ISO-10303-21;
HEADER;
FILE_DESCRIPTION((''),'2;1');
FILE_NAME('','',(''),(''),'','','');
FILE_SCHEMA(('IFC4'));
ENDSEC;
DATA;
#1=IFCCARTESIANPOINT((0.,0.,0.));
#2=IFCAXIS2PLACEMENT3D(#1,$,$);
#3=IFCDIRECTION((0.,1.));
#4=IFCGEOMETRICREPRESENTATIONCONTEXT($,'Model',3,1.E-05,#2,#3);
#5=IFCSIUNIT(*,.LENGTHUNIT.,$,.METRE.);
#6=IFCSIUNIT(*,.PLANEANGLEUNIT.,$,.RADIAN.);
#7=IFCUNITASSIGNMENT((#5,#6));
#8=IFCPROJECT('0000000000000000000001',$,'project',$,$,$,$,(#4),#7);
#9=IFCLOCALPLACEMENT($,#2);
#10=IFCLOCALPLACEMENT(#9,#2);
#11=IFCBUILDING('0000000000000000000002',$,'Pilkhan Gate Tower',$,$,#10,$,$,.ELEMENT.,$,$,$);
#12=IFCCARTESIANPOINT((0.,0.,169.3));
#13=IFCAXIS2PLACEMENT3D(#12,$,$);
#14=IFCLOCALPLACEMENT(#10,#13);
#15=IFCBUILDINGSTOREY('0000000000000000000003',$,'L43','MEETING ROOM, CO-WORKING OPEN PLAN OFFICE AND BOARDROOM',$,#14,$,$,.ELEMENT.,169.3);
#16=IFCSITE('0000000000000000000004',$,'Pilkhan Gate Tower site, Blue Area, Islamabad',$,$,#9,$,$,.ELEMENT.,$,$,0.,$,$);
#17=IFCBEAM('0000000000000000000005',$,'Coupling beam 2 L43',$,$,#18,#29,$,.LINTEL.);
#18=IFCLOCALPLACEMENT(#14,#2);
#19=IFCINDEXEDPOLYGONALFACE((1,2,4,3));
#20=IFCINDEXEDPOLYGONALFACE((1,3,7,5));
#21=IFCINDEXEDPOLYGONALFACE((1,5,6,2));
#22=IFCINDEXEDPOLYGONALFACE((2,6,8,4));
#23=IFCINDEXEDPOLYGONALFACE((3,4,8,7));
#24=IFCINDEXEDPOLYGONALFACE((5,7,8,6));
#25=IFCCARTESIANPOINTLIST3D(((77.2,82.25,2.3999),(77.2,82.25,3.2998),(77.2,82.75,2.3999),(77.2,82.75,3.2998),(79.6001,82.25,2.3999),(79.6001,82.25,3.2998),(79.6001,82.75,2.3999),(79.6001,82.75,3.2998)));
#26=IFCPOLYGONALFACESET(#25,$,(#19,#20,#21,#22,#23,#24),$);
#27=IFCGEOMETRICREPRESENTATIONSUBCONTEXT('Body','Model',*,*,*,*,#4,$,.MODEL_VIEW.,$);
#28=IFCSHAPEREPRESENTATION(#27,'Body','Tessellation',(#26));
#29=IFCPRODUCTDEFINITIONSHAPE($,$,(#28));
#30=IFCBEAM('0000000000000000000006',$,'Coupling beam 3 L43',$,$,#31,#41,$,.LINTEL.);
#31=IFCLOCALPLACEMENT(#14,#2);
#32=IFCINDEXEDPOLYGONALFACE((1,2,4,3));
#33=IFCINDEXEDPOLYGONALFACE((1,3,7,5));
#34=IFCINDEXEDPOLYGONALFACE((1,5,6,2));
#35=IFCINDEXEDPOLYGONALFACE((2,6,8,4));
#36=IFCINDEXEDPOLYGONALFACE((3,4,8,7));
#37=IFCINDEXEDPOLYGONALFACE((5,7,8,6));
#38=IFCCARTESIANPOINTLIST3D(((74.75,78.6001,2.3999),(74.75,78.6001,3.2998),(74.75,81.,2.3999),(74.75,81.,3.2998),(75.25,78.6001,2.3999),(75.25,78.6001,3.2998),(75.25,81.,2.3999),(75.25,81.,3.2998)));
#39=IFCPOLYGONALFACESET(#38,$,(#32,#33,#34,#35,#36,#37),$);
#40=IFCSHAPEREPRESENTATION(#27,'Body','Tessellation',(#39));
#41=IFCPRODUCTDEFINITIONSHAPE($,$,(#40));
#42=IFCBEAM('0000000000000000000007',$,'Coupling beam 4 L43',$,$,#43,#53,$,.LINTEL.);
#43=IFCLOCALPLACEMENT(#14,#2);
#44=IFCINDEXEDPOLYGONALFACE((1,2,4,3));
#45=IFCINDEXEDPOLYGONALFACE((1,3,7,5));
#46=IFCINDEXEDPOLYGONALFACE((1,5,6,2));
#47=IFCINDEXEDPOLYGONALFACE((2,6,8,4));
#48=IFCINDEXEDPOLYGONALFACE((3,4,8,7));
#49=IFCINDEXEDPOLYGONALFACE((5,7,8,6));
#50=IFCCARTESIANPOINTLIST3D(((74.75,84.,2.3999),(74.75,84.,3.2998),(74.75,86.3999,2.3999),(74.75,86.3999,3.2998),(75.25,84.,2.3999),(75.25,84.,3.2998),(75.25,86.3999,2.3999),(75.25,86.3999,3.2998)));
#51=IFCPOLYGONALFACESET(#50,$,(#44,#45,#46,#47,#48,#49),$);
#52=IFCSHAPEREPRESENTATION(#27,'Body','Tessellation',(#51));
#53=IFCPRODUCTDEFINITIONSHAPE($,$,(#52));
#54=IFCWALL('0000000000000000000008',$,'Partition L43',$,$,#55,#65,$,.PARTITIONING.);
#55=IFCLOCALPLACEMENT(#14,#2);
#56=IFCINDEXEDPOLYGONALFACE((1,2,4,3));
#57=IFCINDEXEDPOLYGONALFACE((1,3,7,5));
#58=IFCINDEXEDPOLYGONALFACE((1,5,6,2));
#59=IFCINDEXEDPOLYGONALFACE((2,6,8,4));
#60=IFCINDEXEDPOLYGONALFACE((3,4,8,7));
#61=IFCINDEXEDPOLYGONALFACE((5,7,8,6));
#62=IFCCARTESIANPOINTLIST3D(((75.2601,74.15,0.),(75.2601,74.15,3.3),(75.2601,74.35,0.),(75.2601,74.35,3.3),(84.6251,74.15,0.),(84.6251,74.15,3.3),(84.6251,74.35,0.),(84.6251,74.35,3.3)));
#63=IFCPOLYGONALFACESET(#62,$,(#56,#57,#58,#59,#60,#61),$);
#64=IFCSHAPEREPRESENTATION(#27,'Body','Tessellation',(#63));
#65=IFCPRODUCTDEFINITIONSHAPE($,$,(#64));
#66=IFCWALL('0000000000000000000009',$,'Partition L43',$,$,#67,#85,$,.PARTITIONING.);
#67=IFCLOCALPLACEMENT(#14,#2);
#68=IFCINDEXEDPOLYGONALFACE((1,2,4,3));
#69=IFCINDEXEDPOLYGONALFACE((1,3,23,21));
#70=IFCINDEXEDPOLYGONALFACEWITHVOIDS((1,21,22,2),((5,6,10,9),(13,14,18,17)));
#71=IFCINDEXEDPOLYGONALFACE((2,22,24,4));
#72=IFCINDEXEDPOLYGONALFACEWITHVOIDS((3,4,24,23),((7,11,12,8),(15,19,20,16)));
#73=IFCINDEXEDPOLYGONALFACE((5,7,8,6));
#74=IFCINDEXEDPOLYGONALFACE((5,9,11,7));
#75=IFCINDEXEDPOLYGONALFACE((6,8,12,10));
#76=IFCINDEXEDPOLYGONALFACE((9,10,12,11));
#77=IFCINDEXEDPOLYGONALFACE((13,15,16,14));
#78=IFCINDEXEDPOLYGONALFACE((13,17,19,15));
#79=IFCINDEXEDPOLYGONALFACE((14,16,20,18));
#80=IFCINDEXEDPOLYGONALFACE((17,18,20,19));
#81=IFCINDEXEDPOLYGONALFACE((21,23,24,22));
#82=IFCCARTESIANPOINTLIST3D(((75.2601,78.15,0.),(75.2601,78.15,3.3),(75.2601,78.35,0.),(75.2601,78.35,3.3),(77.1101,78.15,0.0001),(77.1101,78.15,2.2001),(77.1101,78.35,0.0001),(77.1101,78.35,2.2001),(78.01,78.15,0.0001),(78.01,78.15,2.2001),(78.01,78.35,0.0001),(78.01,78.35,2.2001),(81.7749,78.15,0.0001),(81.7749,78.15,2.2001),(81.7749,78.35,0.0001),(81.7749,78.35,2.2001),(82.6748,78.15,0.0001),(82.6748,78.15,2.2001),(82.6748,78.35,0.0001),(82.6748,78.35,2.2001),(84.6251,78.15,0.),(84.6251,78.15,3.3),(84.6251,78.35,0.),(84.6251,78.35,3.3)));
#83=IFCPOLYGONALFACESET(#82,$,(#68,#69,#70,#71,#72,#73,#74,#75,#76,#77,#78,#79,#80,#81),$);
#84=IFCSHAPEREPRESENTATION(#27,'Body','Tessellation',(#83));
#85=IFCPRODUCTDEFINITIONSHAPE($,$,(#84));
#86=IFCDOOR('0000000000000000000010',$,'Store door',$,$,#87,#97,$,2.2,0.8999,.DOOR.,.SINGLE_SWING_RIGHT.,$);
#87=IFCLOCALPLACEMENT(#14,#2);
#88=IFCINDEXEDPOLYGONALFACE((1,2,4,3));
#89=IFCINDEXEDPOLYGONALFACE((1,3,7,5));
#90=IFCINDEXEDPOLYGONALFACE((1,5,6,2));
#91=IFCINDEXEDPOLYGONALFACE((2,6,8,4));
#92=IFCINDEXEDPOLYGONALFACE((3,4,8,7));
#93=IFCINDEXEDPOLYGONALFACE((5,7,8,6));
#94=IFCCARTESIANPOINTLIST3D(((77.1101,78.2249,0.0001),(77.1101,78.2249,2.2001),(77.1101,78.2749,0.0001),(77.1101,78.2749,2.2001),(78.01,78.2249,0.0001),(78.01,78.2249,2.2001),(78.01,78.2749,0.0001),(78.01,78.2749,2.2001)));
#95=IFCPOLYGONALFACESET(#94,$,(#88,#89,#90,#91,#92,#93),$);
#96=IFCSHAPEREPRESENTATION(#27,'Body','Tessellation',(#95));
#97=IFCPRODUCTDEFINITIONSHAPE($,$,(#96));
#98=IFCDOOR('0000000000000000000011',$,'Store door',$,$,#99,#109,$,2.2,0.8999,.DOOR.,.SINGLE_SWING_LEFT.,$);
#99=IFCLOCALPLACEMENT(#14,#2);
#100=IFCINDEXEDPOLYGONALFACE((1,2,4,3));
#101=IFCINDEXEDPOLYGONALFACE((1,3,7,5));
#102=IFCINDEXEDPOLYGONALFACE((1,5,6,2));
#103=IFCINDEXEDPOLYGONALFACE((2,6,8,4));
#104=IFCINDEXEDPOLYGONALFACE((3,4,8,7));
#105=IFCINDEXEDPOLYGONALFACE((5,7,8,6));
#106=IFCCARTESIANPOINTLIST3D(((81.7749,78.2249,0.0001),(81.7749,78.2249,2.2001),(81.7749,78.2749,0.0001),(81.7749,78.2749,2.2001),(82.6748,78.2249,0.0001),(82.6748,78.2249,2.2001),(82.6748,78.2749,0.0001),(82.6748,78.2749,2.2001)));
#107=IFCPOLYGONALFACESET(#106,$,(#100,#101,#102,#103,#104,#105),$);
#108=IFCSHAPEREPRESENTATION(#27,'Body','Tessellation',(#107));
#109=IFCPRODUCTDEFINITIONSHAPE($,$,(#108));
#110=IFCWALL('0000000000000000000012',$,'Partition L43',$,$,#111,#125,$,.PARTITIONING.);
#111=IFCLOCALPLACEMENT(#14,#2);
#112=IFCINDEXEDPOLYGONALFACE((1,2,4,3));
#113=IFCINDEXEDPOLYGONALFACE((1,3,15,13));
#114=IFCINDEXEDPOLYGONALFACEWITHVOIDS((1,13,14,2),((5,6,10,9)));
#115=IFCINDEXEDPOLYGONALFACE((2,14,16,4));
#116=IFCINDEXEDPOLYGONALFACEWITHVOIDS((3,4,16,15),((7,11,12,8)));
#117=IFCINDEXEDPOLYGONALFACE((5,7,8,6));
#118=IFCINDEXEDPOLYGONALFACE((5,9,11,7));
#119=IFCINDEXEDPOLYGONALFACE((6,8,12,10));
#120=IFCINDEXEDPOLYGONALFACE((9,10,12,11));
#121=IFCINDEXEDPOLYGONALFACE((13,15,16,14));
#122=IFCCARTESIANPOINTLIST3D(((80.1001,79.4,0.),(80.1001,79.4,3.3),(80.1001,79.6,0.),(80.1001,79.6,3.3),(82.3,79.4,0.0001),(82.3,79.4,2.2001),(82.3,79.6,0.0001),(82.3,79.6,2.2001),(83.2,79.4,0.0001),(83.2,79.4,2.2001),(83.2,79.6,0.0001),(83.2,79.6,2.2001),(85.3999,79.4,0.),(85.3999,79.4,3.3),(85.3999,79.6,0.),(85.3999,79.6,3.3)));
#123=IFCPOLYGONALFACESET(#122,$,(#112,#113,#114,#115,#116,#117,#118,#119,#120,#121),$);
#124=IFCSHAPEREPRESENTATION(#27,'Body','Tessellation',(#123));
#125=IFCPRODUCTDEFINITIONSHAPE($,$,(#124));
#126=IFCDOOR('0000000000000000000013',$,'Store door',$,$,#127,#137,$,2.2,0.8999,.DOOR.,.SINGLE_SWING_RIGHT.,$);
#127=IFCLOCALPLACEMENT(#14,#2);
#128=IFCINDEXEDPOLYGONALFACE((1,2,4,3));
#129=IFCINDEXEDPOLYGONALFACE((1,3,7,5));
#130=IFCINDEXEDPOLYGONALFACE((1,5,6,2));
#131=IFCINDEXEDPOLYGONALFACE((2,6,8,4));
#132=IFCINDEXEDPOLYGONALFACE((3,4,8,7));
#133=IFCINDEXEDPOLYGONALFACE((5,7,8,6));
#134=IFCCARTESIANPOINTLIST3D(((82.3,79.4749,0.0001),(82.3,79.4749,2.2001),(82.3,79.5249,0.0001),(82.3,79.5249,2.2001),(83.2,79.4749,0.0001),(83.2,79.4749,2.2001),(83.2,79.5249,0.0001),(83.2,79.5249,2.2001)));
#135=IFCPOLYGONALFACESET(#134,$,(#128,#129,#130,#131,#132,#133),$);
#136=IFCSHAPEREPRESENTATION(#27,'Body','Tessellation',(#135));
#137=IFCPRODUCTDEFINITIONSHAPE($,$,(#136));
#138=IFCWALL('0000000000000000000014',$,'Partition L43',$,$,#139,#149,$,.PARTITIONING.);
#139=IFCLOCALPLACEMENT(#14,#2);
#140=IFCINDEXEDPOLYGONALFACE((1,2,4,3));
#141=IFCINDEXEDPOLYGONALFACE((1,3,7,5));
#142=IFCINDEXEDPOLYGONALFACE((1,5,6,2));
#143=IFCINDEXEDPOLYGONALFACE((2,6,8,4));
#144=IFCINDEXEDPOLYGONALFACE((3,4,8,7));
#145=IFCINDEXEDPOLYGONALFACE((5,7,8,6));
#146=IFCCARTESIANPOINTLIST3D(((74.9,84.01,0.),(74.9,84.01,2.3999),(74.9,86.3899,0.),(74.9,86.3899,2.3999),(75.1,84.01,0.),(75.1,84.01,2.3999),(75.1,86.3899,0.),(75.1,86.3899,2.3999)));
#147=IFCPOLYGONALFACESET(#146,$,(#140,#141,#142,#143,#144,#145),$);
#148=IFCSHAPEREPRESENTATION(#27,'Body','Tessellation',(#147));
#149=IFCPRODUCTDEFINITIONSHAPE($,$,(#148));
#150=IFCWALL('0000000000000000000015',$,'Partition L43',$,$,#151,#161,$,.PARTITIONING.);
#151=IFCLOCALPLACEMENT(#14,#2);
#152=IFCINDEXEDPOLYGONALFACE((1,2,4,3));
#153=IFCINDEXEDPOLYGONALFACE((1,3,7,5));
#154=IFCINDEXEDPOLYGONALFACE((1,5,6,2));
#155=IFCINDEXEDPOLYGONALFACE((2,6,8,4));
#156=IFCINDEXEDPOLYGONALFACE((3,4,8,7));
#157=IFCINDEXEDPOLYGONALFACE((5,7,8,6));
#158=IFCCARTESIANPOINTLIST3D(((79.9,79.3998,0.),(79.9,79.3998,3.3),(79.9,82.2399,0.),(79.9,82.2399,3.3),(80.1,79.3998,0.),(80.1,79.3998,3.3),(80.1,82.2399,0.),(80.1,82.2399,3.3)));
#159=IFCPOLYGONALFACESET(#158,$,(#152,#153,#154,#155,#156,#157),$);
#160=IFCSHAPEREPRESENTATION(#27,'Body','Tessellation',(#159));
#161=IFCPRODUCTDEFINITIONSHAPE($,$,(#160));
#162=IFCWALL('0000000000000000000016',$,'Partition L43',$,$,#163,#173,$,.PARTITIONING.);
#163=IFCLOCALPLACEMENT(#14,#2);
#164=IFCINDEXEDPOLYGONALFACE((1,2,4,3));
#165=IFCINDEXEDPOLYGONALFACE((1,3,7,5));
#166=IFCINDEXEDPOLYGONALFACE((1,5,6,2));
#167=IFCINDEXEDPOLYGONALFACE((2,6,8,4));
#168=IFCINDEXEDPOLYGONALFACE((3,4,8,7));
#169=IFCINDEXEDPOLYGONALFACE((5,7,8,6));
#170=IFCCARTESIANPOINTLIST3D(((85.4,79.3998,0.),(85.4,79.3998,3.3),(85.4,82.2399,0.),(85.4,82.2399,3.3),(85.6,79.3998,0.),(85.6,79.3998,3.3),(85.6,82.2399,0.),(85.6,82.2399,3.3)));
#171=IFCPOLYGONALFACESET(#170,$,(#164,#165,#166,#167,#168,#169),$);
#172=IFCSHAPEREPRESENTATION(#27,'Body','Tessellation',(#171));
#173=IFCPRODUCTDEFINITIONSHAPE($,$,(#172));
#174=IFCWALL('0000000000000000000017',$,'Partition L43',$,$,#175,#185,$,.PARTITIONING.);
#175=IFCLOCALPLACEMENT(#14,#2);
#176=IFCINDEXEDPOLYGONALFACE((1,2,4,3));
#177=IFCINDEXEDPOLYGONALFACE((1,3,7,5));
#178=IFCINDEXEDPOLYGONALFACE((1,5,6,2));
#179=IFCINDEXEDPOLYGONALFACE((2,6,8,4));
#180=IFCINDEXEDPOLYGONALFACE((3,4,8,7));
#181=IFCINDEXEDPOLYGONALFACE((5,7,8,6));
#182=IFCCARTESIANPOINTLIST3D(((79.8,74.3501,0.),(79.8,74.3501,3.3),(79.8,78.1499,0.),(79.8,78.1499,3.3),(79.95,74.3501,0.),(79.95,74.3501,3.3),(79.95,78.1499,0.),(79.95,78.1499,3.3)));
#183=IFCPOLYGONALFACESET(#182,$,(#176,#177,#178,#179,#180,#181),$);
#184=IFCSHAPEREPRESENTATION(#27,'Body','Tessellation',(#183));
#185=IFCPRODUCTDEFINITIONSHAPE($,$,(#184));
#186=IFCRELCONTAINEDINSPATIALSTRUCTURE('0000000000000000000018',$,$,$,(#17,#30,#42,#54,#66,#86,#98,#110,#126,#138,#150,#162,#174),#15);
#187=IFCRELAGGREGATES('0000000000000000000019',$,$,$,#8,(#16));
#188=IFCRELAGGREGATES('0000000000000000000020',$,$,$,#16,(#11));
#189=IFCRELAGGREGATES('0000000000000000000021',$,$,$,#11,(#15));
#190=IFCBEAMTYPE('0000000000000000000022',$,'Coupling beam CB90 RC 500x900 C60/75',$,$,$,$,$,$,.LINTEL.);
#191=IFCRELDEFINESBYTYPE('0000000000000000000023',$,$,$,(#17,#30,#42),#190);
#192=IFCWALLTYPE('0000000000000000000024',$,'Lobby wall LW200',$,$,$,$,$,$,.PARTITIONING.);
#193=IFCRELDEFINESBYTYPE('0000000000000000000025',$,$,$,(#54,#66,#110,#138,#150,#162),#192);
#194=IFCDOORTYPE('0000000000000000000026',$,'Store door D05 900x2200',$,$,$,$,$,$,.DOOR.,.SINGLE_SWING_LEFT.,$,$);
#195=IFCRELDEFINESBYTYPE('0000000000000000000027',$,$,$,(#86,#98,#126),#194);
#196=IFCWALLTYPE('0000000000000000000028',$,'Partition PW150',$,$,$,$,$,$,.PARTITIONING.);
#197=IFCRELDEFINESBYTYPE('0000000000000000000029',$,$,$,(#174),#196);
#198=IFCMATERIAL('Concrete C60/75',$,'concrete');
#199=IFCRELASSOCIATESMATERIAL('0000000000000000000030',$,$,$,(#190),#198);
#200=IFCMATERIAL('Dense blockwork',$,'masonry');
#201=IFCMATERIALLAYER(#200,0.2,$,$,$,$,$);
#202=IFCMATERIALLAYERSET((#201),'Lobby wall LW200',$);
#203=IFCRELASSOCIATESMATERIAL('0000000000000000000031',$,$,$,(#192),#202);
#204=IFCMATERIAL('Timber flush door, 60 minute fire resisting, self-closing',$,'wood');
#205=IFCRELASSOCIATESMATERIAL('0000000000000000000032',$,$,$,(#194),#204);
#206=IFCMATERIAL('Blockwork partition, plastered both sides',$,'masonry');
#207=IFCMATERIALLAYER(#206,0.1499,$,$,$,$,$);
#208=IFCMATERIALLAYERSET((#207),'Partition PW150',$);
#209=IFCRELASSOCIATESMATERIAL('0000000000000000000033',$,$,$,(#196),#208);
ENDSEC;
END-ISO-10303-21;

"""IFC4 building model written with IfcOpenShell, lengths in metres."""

from ifc_helpers import new_model, si_unit, direction, frame, frame_2d, origin, origin_2d, place, context, subcontext, project, spatial, rectangle, extrude, material, layer, layer_set, material_profile, profile_set, type_object, element, fill, save


model = new_model("IFC4")

# Units and contexts
model_context = context("Model", 3, precision=1e-05, world=origin(), true_north=direction((0.0, 1.0)))
body_context = subcontext(model_context, "Body", "Model", "MODEL_VIEW")
ifc_project = project(units=[si_unit("LENGTHUNIT", "METRE"), si_unit("PLANEANGLEUNIT", "RADIAN")], contexts=[model_context])

# Site, building, storey
site_placement = place(None, origin())
site = spatial("IfcSite", under=ifc_project, at=site_placement, Name="Pilkhan Gate Tower site, Blue Area, Islamabad", CompositionType="ELEMENT", RefElevation=0.0)
building_placement = place(site_placement, origin())
building = spatial("IfcBuilding", under=site, at=building_placement, Name="Pilkhan Gate Tower", CompositionType="ELEMENT")
storey_placement = place(building_placement, frame((0.0, 0.0, 169.3)))
storey = spatial("IfcBuildingStorey", under=building, at=storey_placement, Name="L43", Description="MEETING ROOM, CO-WORKING OPEN PLAN OFFICE AND BOARDROOM", CompositionType="ELEMENT", Elevation=169.3)

# Beams
ifc_material_1 = material(Name="Concrete C60/75", Category="concrete")
ifc_material_profile = material_profile(ifc_material_1, rectangle(XDim=0.5, YDim=0.8999, at=origin_2d()), Name="RC 500x900")
ifc_profile_set = profile_set([ifc_material_profile], Name="Concrete C60/75")
beam_type = type_object("IfcBeamType", Name="Coupling beam CB90 RC 500x900 C60/75", PredefinedType="LINTEL", material=ifc_profile_set)
beam_placement = place(storey_placement, frame((77.2, 82.5, 2.8499), z_axis=(1.0, 0.0, 0.0), x_axis=(0.0, 1.0, 0.0)))
element("IfcBeam", 1, at=beam_placement, inside=storey, type_object=beam_type, Name="Coupling beam 2 L43", PredefinedType="LINTEL", context=body_context, shape_type="SweptSolid", body=[
    extrude(rectangle(XDim=0.5, YDim=0.8999, at=origin_2d()), origin(), (0.0, 0.0, 1.0), 2.4001),
])
for number, where, z_axis, x_axis, name in (
    (2, (75.0, 78.6001, 2.8499), (0.0, 1.0, 0.0), (-1.0, 0.0, 0.0), "Coupling beam 3 L43"),
    (3, (75.0, 84.0, 2.8499), (0.0, 1.0, 0.0), (-1.0, 0.0, 0.0), "Coupling beam 4 L43"),
):
    element("IfcBeam", number, at=place(storey_placement, frame(where, z_axis=z_axis, x_axis=x_axis)), inside=storey, type_object=beam_type, Name=name, PredefinedType="LINTEL", context=body_context, shape_type="SweptSolid", body=[
        extrude(rectangle(XDim=0.5, YDim=0.8999, at=origin_2d()), origin(), (0.0, 0.0, 1.0), 2.3999),
    ])

# Wall
ifc_material_2 = material(Name="Dense blockwork", Category="masonry")
ifc_layer_1 = layer(ifc_material_2, 0.2)
ifc_layer_set_1 = layer_set([ifc_layer_1], Name="Lobby wall LW200")
wall_type_1 = type_object("IfcWallType", Name="Lobby wall LW200", PredefinedType="PARTITIONING", material=ifc_layer_set_1)
wall_1_placement = place(storey_placement, frame((75.26, 74.25, 0.0), z_axis=(0.0, 0.0, 1.0), x_axis=(1.0, 0.0, 0.0)))
element("IfcWall", 4, at=wall_1_placement, inside=storey, type_object=wall_type_1, Name="Partition L43", PredefinedType="PARTITIONING", context=body_context, shape_type="SweptSolid", body=[
    extrude(rectangle(XDim=9.365, YDim=0.2, at=frame_2d((4.6826, 0.0))), origin(), (0.0, 0.0, 1.0), 3.3),
])

# Wall, openings, doors
wall_2_placement = place(storey_placement, frame((75.26, 78.25, 0.0), z_axis=(0.0, 0.0, 1.0), x_axis=(1.0, 0.0, 0.0)))
wall_2 = element("IfcWall", 5, at=wall_2_placement, inside=storey, type_object=wall_type_1, Name="Partition L43", PredefinedType="PARTITIONING", context=body_context, shape_type="SweptSolid", body=[
    extrude(rectangle(XDim=9.365, YDim=0.2, at=frame_2d((4.6826, 0.0))), origin(), (0.0, 0.0, 1.0), 3.3),
])
opening_1_placement = place(wall_2_placement, frame((1.8501, 0.0, 0.0)))
opening_1 = element("IfcOpeningElement", 6, at=opening_1_placement, cuts=wall_2, PredefinedType="OPENING", context=body_context, shape_type="SweptSolid", body=[
    extrude(rectangle(XDim=0.8999, YDim=2.2, at=frame_2d((0.45, 1.1001))), frame((0.0, 0.1099, 0.0), z_axis=(0.0, -1.0, 0.0), x_axis=(1.0, 0.0, 0.0)), (0.0, 0.0, 1.0), 0.22),
])
opening_2_placement = place(wall_2_placement, frame((6.5149, 0.0, 0.0)))
opening_2 = element("IfcOpeningElement", 7, at=opening_2_placement, cuts=wall_2, PredefinedType="OPENING", context=body_context, shape_type="SweptSolid", body=[
    extrude(rectangle(XDim=0.8999, YDim=2.2, at=frame_2d((0.45, 1.1001))), frame((0.0, 0.1099, 0.0), z_axis=(0.0, -1.0, 0.0), x_axis=(1.0, 0.0, 0.0)), (0.0, 0.0, 1.0), 0.22),
])
ifc_material_3 = material(Name="Timber flush door, 60 minute fire resisting, self-closing", Category="wood")
door_type_1 = type_object("IfcDoorType", Name="Store door D05 900x2200", OperationType="SINGLE_SWING_LEFT", PredefinedType="DOOR", material=ifc_material_3)
door_1_placement = place(opening_1_placement, origin())
door_1 = element("IfcDoor", 8, at=door_1_placement, inside=storey, type_object=door_type_1, Name="Store door", OperationType="SINGLE_SWING_RIGHT", OverallHeight=2.2, OverallWidth=0.8999, PredefinedType="DOOR", context=body_context, shape_type="SweptSolid", body=[
    extrude(rectangle(XDim=0.8999, YDim=2.2, at=frame_2d((0.45, 1.1001))), frame((0.0, 0.0249, 0.0), z_axis=(0.0, -1.0, 0.0), x_axis=(1.0, 0.0, 0.0)), (0.0, 0.0, 1.0), 0.05),
])
fill(opening_1, door_1)
door_2_placement = place(opening_2_placement, origin())
door_2 = element("IfcDoor", 9, at=door_2_placement, inside=storey, type_object=door_type_1, Name="Store door", OperationType="SINGLE_SWING_LEFT", OverallHeight=2.2, OverallWidth=0.8999, PredefinedType="DOOR", context=body_context, shape_type="SweptSolid", body=[
    extrude(rectangle(XDim=0.8999, YDim=2.2, at=frame_2d((0.45, 1.1001))), frame((0.0, 0.0249, 0.0), z_axis=(0.0, -1.0, 0.0), x_axis=(1.0, 0.0, 0.0)), (0.0, 0.0, 1.0), 0.05),
])
fill(opening_2, door_2)

# Wall, opening, door
wall_3_placement = place(storey_placement, frame((80.1001, 79.5, 0.0), z_axis=(0.0, 0.0, 1.0), x_axis=(1.0, 0.0, 0.0)))
wall_3 = element("IfcWall", 10, at=wall_3_placement, inside=storey, type_object=wall_type_1, Name="Partition L43", PredefinedType="PARTITIONING", context=body_context, shape_type="SweptSolid", body=[
    extrude(rectangle(XDim=5.2998, YDim=0.2, at=frame_2d((2.6499, 0.0))), origin(), (0.0, 0.0, 1.0), 3.3),
])
opening_3_placement = place(wall_3_placement, frame((2.2, 0.0, 0.0)))
opening_3 = element("IfcOpeningElement", 11, at=opening_3_placement, cuts=wall_3, PredefinedType="OPENING", context=body_context, shape_type="SweptSolid", body=[
    extrude(rectangle(XDim=0.8999, YDim=2.2, at=frame_2d((0.45, 1.1001))), frame((0.0, 0.1099, 0.0), z_axis=(0.0, -1.0, 0.0), x_axis=(1.0, 0.0, 0.0)), (0.0, 0.0, 1.0), 0.22),
])
door_3_placement = place(opening_3_placement, origin())
door_3 = element("IfcDoor", 12, at=door_3_placement, inside=storey, type_object=door_type_1, Name="Store door", OperationType="SINGLE_SWING_RIGHT", OverallHeight=2.2, OverallWidth=0.8999, PredefinedType="DOOR", context=body_context, shape_type="SweptSolid", body=[
    extrude(rectangle(XDim=0.8999, YDim=2.2, at=frame_2d((0.45, 1.1001))), frame((0.0, 0.0249, 0.0), z_axis=(0.0, -1.0, 0.0), x_axis=(1.0, 0.0, 0.0)), (0.0, 0.0, 1.0), 0.05),
])
fill(opening_3, door_3)

# Walls
wall_4_placement = place(storey_placement, frame((75.0, 84.01, 0.0), z_axis=(0.0, 0.0, 1.0), x_axis=(0.0, 1.0, 0.0)))
element("IfcWall", 13, at=wall_4_placement, inside=storey, type_object=wall_type_1, Name="Partition L43", PredefinedType="PARTITIONING", context=body_context, shape_type="SweptSolid", body=[
    extrude(rectangle(XDim=2.3799, YDim=0.2, at=frame_2d((1.1899, 0.0))), origin(), (0.0, 0.0, 1.0), 2.3999),
])
for number, where, z_axis, x_axis, name in (
    (14, (80.0, 79.3999, 0.0), (0.0, 0.0, 1.0), (0.0, 1.0, 0.0), "Partition L43"),
    (15, (85.5, 79.3999, 0.0), (0.0, 0.0, 1.0), (0.0, 1.0, 0.0), "Partition L43"),
):
    element("IfcWall", number, at=place(storey_placement, frame(where, z_axis=z_axis, x_axis=x_axis)), inside=storey, type_object=wall_type_1, Name=name, PredefinedType="PARTITIONING", context=body_context, shape_type="SweptSolid", body=[
        extrude(rectangle(XDim=2.8401, YDim=0.2, at=frame_2d((1.4199, 0.0))), origin(), (0.0, 0.0, 1.0), 3.3),
    ])
ifc_material_4 = material(Name="Blockwork partition, plastered both sides", Category="masonry")
ifc_layer_2 = layer(ifc_material_4, 0.1499)
ifc_layer_set_2 = layer_set([ifc_layer_2], Name="Partition PW150")
wall_type_2 = type_object("IfcWallType", Name="Partition PW150", PredefinedType="PARTITIONING", material=ifc_layer_set_2)
wall_5_placement = place(storey_placement, frame((79.875, 74.3501, 0.0), z_axis=(0.0, 0.0, 1.0), x_axis=(0.0, 1.0, 0.0)))
element("IfcWall", 16, at=wall_5_placement, inside=storey, type_object=wall_type_2, Name="Partition L43", PredefinedType="PARTITIONING", context=body_context, shape_type="SweptSolid", body=[
    extrude(rectangle(XDim=3.7998, YDim=0.1499, at=frame_2d((1.8999, 0.0))), origin(), (0.0, 0.0, 1.0), 3.3),
])

save(model, "model.ifc")
